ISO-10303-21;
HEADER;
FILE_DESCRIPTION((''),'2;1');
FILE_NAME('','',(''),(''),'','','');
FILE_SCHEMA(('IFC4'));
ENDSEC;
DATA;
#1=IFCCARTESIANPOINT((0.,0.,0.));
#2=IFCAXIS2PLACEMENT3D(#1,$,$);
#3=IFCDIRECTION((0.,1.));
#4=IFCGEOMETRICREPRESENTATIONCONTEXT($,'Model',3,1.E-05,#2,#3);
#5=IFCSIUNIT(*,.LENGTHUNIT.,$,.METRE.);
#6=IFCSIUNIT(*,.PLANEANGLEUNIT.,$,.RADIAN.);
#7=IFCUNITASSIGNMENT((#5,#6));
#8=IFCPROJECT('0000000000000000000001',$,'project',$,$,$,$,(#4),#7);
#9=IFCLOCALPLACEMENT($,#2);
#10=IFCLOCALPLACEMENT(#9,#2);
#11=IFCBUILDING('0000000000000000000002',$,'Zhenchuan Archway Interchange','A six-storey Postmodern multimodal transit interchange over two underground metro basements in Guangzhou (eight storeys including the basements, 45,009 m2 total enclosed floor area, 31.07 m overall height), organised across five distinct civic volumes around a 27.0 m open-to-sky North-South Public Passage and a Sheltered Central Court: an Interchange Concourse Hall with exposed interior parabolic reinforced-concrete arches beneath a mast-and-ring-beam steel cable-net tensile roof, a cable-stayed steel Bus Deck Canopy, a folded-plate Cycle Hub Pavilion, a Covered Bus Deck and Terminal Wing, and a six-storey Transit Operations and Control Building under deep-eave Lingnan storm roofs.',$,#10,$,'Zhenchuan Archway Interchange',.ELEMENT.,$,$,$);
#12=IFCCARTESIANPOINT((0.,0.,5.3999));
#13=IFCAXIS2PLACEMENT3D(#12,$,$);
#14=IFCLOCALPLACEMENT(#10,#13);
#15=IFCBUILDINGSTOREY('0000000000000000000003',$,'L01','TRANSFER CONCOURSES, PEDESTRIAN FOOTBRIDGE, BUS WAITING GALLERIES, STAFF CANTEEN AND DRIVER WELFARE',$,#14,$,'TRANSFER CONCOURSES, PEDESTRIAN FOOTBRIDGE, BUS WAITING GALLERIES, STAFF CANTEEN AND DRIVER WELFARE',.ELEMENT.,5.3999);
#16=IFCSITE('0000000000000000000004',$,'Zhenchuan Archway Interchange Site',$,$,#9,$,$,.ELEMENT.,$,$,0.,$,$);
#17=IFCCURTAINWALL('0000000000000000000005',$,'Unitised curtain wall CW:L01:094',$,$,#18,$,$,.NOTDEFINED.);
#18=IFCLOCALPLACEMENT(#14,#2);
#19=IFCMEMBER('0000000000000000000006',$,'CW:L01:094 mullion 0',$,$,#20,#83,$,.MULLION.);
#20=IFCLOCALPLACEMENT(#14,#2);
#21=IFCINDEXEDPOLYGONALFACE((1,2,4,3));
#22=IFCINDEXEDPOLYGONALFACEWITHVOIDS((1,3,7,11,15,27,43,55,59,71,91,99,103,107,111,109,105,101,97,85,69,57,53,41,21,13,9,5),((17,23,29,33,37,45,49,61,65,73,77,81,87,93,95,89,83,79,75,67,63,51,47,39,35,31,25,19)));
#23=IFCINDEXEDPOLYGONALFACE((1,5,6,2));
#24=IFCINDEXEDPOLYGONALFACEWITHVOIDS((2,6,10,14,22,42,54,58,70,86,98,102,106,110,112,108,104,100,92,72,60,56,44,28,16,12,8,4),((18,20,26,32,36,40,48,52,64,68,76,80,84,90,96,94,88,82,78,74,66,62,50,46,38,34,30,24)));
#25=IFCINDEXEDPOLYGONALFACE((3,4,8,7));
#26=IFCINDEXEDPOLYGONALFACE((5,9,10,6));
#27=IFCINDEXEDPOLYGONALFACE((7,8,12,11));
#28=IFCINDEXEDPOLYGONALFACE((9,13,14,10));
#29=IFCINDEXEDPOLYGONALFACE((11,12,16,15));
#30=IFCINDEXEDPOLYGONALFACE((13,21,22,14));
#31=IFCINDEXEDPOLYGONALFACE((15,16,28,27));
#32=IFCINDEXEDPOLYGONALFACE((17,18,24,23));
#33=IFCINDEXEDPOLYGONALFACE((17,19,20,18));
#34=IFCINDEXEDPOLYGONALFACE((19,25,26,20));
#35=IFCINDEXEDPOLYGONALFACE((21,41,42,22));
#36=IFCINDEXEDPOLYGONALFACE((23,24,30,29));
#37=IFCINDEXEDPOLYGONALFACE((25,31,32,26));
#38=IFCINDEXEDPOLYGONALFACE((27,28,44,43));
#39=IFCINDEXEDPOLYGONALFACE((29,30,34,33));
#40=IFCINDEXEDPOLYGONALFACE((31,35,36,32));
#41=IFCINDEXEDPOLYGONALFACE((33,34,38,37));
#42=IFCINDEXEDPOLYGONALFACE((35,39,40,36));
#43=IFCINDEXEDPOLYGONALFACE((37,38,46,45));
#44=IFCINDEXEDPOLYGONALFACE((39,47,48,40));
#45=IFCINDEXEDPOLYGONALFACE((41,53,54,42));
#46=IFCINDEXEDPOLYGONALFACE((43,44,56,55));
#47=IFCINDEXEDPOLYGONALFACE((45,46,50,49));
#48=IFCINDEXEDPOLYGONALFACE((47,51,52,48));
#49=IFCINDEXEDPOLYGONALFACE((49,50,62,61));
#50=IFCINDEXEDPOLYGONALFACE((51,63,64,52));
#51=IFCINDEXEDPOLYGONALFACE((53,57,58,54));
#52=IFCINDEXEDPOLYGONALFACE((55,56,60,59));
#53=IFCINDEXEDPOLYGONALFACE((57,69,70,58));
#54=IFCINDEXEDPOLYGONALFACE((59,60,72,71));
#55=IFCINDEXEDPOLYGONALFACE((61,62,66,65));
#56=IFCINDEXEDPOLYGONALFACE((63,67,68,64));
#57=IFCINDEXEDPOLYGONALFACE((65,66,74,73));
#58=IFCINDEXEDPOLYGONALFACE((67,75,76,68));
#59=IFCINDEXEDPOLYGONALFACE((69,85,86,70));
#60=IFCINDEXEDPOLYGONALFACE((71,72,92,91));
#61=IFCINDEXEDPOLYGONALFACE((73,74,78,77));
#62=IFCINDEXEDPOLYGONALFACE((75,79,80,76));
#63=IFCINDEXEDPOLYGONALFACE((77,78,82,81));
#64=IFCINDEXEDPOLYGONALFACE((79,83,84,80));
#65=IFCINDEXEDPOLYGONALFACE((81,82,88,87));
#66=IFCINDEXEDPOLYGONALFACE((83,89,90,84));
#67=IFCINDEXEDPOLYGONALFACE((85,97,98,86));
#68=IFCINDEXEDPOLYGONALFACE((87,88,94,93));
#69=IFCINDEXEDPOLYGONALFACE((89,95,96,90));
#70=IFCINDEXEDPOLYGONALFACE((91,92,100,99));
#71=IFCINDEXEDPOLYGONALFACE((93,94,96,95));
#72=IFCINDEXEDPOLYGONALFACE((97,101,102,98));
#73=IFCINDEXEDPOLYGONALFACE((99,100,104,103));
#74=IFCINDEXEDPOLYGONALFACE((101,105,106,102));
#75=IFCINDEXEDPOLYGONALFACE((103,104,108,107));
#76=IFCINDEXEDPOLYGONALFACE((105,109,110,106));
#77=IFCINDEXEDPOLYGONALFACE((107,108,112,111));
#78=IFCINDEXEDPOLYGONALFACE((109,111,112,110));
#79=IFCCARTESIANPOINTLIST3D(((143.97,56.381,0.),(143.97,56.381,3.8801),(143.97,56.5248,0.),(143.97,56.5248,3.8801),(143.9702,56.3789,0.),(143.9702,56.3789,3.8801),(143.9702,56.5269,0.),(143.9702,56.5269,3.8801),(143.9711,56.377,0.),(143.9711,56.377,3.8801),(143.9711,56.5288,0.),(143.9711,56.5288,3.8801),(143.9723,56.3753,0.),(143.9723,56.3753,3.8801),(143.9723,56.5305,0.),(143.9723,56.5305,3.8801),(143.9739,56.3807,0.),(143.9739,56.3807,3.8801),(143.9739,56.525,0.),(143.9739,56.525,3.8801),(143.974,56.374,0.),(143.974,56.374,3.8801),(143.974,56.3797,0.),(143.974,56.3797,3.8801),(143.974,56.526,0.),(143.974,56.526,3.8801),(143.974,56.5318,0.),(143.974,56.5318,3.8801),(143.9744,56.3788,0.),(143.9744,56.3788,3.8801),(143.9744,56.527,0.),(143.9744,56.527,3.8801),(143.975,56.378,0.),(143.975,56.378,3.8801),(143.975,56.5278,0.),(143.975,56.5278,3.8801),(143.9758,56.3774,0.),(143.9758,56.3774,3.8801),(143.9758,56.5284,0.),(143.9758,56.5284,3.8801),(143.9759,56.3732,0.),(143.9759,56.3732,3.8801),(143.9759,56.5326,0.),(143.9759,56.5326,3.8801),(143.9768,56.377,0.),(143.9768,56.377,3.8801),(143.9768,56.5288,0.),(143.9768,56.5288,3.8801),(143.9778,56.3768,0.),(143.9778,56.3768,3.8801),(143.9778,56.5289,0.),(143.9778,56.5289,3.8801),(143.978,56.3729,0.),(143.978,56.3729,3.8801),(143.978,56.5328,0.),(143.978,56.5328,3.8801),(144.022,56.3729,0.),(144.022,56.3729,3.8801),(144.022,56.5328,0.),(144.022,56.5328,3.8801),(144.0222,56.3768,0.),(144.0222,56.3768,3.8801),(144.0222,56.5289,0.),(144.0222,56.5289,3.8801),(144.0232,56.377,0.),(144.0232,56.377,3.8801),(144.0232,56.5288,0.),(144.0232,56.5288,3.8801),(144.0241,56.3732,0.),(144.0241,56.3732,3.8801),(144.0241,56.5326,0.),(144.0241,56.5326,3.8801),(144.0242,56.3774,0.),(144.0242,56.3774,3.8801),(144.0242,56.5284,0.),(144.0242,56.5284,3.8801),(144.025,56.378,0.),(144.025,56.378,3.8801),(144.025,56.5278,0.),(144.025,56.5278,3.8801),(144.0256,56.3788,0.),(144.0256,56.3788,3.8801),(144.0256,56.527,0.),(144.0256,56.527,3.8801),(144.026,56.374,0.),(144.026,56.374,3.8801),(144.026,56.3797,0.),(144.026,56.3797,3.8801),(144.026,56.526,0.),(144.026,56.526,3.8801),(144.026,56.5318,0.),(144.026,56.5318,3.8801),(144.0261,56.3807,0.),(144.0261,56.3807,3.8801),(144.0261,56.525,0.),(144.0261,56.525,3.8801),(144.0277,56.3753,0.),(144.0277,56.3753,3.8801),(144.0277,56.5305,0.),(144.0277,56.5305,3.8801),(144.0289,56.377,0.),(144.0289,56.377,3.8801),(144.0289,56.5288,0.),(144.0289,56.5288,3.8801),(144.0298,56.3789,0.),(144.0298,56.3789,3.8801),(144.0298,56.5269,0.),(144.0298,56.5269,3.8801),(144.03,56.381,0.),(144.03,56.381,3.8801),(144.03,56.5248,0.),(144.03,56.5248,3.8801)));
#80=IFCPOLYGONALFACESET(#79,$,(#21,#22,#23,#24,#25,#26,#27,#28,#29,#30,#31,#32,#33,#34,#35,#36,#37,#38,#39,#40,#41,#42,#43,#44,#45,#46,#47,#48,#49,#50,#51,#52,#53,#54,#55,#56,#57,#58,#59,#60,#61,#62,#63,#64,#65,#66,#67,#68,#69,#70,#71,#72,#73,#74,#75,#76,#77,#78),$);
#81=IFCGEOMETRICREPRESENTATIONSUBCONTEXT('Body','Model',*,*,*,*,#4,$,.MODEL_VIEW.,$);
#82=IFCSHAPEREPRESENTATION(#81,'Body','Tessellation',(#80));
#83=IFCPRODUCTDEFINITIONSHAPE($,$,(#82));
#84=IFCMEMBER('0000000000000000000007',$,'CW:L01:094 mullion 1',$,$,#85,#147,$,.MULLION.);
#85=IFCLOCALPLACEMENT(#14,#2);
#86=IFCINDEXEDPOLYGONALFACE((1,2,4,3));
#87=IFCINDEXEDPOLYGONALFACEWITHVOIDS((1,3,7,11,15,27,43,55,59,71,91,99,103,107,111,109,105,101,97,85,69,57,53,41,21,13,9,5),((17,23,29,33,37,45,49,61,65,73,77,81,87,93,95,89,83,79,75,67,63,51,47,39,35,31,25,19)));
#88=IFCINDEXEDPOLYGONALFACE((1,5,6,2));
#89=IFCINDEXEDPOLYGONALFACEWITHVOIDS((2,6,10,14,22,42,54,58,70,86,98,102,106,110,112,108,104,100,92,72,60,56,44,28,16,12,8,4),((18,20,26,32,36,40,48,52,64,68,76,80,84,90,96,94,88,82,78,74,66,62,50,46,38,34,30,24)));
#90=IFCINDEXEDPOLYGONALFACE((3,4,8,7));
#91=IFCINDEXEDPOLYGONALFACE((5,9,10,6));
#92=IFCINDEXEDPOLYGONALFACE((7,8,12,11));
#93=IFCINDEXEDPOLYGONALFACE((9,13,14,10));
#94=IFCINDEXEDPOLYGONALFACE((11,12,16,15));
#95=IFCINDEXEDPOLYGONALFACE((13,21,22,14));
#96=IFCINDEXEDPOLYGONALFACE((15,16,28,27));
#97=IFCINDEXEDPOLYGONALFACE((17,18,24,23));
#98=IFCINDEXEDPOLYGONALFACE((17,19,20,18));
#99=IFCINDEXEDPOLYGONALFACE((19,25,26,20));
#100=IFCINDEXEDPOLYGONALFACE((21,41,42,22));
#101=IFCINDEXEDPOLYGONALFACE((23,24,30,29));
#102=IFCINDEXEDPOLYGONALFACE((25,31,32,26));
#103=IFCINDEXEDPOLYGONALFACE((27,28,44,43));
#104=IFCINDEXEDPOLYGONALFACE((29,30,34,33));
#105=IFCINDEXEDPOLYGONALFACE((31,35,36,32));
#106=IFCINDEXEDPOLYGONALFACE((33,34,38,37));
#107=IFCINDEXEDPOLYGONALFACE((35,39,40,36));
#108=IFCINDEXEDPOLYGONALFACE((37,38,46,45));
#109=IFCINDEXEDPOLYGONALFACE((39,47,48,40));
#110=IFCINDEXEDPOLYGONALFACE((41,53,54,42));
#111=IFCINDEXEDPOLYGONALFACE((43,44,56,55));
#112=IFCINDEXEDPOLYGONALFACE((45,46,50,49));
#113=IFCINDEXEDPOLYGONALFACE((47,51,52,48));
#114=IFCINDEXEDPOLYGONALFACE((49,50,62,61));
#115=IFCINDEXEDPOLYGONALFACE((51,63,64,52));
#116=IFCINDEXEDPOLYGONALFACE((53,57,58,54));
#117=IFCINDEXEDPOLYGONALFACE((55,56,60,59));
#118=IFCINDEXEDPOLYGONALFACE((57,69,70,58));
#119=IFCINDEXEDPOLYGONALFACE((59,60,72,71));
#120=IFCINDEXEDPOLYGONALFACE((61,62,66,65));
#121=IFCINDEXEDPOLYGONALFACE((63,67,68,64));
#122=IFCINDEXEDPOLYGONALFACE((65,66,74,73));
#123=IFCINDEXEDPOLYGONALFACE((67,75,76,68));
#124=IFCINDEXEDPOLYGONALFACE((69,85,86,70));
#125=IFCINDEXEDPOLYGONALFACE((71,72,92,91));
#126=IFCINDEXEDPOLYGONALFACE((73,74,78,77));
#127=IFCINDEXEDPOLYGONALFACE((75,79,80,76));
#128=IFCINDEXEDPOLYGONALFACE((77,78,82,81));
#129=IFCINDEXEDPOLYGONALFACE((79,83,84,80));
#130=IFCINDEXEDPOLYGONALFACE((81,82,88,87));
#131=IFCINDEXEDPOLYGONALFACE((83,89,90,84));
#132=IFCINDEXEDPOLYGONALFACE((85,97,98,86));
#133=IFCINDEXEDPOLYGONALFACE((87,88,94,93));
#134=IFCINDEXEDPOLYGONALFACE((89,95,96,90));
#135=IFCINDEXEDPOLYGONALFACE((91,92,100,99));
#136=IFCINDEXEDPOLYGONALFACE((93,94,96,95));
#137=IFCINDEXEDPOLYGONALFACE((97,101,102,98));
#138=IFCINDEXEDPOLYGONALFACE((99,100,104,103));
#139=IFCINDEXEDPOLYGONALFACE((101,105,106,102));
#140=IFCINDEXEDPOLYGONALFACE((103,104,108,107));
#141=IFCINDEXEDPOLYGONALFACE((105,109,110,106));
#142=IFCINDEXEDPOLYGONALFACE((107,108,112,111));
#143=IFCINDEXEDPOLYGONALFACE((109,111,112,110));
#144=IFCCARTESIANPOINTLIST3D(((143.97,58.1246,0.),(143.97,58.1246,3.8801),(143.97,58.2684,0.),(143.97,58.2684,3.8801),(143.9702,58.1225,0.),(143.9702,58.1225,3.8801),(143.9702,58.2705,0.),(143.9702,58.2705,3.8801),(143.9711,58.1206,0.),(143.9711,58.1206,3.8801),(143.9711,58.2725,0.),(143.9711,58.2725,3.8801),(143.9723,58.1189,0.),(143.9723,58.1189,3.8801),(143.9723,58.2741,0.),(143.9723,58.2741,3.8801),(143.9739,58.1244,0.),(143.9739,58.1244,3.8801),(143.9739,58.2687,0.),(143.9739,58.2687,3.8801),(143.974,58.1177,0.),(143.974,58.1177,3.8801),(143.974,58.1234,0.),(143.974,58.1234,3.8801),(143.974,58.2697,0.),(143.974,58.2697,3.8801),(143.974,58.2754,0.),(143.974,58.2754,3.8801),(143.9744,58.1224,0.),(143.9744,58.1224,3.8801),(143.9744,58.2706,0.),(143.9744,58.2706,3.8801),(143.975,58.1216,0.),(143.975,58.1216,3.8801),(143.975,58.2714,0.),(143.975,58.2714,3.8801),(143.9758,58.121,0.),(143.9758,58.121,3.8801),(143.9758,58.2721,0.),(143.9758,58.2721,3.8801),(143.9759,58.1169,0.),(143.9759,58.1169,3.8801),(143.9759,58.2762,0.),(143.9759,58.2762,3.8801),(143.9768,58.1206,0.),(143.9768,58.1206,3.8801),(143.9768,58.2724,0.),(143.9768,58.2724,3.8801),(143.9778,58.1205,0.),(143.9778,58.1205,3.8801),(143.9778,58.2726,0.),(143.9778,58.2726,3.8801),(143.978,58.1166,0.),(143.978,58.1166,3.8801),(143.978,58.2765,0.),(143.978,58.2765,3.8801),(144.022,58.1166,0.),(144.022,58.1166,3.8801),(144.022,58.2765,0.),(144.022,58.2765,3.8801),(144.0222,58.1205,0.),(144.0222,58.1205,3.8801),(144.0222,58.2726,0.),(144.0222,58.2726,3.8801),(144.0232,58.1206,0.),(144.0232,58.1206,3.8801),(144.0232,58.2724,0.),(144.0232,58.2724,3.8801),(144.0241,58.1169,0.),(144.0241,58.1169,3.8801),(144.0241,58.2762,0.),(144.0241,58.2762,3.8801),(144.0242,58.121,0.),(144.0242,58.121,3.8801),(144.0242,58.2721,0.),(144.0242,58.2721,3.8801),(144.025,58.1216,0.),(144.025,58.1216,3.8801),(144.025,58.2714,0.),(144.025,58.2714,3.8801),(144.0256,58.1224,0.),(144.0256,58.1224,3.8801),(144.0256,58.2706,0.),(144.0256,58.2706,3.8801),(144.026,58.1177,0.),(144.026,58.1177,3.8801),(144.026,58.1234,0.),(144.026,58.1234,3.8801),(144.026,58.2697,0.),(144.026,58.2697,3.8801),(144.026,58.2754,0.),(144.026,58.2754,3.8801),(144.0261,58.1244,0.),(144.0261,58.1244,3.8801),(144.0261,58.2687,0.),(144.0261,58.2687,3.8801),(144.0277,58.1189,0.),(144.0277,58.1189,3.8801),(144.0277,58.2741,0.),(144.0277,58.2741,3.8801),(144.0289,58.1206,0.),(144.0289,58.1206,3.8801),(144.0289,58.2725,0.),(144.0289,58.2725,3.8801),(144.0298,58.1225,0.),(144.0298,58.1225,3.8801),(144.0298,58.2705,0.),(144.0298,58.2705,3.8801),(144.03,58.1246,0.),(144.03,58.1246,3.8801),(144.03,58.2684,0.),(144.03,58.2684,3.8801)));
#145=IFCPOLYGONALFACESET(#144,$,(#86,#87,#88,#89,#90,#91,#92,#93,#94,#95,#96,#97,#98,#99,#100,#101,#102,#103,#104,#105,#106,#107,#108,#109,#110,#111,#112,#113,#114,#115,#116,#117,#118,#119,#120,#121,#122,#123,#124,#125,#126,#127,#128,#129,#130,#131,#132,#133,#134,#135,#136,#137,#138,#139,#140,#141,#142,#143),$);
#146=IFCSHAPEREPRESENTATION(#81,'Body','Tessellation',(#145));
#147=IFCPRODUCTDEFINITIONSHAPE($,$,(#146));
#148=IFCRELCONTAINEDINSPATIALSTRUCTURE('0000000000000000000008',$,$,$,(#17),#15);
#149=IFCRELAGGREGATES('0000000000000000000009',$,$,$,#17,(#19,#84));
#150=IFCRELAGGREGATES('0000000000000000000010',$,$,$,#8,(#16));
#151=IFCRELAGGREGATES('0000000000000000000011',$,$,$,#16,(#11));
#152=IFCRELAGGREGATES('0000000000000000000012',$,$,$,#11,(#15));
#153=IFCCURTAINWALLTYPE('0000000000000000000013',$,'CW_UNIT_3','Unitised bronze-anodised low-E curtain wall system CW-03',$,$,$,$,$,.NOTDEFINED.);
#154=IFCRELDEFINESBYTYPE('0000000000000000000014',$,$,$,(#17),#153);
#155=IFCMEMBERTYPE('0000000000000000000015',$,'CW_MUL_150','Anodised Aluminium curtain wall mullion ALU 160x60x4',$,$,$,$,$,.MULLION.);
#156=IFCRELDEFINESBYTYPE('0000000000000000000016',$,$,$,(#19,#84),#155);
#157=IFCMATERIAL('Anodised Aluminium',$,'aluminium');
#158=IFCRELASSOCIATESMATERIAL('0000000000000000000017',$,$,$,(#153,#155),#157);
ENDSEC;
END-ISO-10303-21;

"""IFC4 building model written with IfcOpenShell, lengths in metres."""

from ifc_helpers import new_model, si_unit, direction, frame, origin, origin_2d, place, context, subcontext, project, spatial, hollow_rectangle, extrude, material, material_profile, profile_set, type_object, element, aggregate, save


model = new_model("IFC4")

# Units and contexts
model_context = context("Model", 3, precision=1e-05, world=origin(), true_north=direction((0.0, 1.0)))
body_context = subcontext(model_context, "Body", "Model", "MODEL_VIEW")
ifc_project = project(units=[si_unit("LENGTHUNIT", "METRE"), si_unit("PLANEANGLEUNIT", "RADIAN")], contexts=[model_context])

# Site, building, storey
site_placement = place(None, origin())
site = spatial("IfcSite", under=ifc_project, at=site_placement, Name="Zhenchuan Archway Interchange Site", CompositionType="ELEMENT", RefElevation=0.0)
building_placement = place(site_placement, origin())
building = spatial("IfcBuilding", under=site, at=building_placement, Name="Zhenchuan Archway Interchange", Description="A six-storey Postmodern multimodal transit interchange over two underground metro basements in Guangzhou (eight storeys including the basements, 45,009 m2 total enclosed floor area, 31.07 m overall height), organised across five distinct civic volumes around a 27.0 m open-to-sky North-South Public Passage and a Sheltered Central Court: an Interchange Concourse Hall with exposed interior parabolic reinforced-concrete arches beneath a mast-and-ring-beam steel cable-net tensile roof, a cable-stayed steel Bus Deck Canopy, a folded-plate Cycle Hub Pavilion, a Covered Bus Deck and Terminal Wing, and a six-storey Transit Operations and Control Building under deep-eave Lingnan storm roofs.", LongName="Zhenchuan Archway Interchange", CompositionType="ELEMENT")
storey_placement = place(building_placement, frame((0.0, 0.0, 5.3999)))
storey = spatial("IfcBuildingStorey", under=building, at=storey_placement, Name="L01", Description="TRANSFER CONCOURSES, PEDESTRIAN FOOTBRIDGE, BUS WAITING GALLERIES, STAFF CANTEEN AND DRIVER WELFARE", LongName="TRANSFER CONCOURSES, PEDESTRIAN FOOTBRIDGE, BUS WAITING GALLERIES, STAFF CANTEEN AND DRIVER WELFARE", CompositionType="ELEMENT", Elevation=5.3999)

# Curtain wall, members
ifc_material_1 = material(Name="Anodised Aluminium", Category="aluminium")
curtain_wall_type = type_object("IfcCurtainWallType", Name="CW_UNIT_3", Description="Unitised bronze-anodised low-E curtain wall system CW-03", PredefinedType="NOTDEFINED", material=ifc_material_1)
curtain_wall_placement = place(storey_placement, origin())
curtain_wall = element("IfcCurtainWall", 1, at=curtain_wall_placement, inside=storey, type_object=curtain_wall_type, Name="Unitised curtain wall CW:L01:094", PredefinedType="NOTDEFINED")
ifc_material_profile_1 = material_profile(ifc_material_1, hollow_rectangle(XDim=0.0601, YDim=0.1599, WallThickness=0.0039, InnerFilletRadius=0.0039, OuterFilletRadius=0.0081, at=origin_2d()), Name="ALU 160x60x4")
ifc_profile_set_1 = profile_set([ifc_material_profile_1], Name="Anodised Aluminium")
member_type_1 = type_object("IfcMemberType", Name="CW_MUL_150", Description="Anodised Aluminium curtain wall mullion ALU 160x60x4", PredefinedType="MULLION", material=ifc_profile_set_1)
member_1_placement = place(storey_placement, frame((144.0, 56.4529, 0.0), z_axis=(0.0, 0.0, 1.0), x_axis=(1.0, 0.0, 0.0)))
member_1 = element("IfcMember", 2, at=member_1_placement, type_object=member_type_1, Name="CW:L01:094 mullion 0", PredefinedType="MULLION", context=body_context, shape_type="SweptSolid", body=[
    extrude(hollow_rectangle(XDim=0.0601, YDim=0.1599, WallThickness=0.0039, InnerFilletRadius=0.0039, OuterFilletRadius=0.0081, at=origin_2d()), origin(), (0.0, 0.0, 1.0), 3.8801),
])
member_2_placement = place(storey_placement, frame((144.0, 58.1965, 0.0), z_axis=(0.0, 0.0, 1.0), x_axis=(1.0, 0.0, 0.0)))
member_2 = element("IfcMember", 3, at=member_2_placement, type_object=member_type_1, Name="CW:L01:094 mullion 1", PredefinedType="MULLION", context=body_context, shape_type="SweptSolid", body=[
    extrude(hollow_rectangle(XDim=0.0601, YDim=0.1599, WallThickness=0.0039, InnerFilletRadius=0.0039, OuterFilletRadius=0.0081, at=origin_2d()), origin(), (0.0, 0.0, 1.0), 3.8801),
])

aggregate(curtain_wall, [member_1, member_2])

save(model, "model.ifc")
